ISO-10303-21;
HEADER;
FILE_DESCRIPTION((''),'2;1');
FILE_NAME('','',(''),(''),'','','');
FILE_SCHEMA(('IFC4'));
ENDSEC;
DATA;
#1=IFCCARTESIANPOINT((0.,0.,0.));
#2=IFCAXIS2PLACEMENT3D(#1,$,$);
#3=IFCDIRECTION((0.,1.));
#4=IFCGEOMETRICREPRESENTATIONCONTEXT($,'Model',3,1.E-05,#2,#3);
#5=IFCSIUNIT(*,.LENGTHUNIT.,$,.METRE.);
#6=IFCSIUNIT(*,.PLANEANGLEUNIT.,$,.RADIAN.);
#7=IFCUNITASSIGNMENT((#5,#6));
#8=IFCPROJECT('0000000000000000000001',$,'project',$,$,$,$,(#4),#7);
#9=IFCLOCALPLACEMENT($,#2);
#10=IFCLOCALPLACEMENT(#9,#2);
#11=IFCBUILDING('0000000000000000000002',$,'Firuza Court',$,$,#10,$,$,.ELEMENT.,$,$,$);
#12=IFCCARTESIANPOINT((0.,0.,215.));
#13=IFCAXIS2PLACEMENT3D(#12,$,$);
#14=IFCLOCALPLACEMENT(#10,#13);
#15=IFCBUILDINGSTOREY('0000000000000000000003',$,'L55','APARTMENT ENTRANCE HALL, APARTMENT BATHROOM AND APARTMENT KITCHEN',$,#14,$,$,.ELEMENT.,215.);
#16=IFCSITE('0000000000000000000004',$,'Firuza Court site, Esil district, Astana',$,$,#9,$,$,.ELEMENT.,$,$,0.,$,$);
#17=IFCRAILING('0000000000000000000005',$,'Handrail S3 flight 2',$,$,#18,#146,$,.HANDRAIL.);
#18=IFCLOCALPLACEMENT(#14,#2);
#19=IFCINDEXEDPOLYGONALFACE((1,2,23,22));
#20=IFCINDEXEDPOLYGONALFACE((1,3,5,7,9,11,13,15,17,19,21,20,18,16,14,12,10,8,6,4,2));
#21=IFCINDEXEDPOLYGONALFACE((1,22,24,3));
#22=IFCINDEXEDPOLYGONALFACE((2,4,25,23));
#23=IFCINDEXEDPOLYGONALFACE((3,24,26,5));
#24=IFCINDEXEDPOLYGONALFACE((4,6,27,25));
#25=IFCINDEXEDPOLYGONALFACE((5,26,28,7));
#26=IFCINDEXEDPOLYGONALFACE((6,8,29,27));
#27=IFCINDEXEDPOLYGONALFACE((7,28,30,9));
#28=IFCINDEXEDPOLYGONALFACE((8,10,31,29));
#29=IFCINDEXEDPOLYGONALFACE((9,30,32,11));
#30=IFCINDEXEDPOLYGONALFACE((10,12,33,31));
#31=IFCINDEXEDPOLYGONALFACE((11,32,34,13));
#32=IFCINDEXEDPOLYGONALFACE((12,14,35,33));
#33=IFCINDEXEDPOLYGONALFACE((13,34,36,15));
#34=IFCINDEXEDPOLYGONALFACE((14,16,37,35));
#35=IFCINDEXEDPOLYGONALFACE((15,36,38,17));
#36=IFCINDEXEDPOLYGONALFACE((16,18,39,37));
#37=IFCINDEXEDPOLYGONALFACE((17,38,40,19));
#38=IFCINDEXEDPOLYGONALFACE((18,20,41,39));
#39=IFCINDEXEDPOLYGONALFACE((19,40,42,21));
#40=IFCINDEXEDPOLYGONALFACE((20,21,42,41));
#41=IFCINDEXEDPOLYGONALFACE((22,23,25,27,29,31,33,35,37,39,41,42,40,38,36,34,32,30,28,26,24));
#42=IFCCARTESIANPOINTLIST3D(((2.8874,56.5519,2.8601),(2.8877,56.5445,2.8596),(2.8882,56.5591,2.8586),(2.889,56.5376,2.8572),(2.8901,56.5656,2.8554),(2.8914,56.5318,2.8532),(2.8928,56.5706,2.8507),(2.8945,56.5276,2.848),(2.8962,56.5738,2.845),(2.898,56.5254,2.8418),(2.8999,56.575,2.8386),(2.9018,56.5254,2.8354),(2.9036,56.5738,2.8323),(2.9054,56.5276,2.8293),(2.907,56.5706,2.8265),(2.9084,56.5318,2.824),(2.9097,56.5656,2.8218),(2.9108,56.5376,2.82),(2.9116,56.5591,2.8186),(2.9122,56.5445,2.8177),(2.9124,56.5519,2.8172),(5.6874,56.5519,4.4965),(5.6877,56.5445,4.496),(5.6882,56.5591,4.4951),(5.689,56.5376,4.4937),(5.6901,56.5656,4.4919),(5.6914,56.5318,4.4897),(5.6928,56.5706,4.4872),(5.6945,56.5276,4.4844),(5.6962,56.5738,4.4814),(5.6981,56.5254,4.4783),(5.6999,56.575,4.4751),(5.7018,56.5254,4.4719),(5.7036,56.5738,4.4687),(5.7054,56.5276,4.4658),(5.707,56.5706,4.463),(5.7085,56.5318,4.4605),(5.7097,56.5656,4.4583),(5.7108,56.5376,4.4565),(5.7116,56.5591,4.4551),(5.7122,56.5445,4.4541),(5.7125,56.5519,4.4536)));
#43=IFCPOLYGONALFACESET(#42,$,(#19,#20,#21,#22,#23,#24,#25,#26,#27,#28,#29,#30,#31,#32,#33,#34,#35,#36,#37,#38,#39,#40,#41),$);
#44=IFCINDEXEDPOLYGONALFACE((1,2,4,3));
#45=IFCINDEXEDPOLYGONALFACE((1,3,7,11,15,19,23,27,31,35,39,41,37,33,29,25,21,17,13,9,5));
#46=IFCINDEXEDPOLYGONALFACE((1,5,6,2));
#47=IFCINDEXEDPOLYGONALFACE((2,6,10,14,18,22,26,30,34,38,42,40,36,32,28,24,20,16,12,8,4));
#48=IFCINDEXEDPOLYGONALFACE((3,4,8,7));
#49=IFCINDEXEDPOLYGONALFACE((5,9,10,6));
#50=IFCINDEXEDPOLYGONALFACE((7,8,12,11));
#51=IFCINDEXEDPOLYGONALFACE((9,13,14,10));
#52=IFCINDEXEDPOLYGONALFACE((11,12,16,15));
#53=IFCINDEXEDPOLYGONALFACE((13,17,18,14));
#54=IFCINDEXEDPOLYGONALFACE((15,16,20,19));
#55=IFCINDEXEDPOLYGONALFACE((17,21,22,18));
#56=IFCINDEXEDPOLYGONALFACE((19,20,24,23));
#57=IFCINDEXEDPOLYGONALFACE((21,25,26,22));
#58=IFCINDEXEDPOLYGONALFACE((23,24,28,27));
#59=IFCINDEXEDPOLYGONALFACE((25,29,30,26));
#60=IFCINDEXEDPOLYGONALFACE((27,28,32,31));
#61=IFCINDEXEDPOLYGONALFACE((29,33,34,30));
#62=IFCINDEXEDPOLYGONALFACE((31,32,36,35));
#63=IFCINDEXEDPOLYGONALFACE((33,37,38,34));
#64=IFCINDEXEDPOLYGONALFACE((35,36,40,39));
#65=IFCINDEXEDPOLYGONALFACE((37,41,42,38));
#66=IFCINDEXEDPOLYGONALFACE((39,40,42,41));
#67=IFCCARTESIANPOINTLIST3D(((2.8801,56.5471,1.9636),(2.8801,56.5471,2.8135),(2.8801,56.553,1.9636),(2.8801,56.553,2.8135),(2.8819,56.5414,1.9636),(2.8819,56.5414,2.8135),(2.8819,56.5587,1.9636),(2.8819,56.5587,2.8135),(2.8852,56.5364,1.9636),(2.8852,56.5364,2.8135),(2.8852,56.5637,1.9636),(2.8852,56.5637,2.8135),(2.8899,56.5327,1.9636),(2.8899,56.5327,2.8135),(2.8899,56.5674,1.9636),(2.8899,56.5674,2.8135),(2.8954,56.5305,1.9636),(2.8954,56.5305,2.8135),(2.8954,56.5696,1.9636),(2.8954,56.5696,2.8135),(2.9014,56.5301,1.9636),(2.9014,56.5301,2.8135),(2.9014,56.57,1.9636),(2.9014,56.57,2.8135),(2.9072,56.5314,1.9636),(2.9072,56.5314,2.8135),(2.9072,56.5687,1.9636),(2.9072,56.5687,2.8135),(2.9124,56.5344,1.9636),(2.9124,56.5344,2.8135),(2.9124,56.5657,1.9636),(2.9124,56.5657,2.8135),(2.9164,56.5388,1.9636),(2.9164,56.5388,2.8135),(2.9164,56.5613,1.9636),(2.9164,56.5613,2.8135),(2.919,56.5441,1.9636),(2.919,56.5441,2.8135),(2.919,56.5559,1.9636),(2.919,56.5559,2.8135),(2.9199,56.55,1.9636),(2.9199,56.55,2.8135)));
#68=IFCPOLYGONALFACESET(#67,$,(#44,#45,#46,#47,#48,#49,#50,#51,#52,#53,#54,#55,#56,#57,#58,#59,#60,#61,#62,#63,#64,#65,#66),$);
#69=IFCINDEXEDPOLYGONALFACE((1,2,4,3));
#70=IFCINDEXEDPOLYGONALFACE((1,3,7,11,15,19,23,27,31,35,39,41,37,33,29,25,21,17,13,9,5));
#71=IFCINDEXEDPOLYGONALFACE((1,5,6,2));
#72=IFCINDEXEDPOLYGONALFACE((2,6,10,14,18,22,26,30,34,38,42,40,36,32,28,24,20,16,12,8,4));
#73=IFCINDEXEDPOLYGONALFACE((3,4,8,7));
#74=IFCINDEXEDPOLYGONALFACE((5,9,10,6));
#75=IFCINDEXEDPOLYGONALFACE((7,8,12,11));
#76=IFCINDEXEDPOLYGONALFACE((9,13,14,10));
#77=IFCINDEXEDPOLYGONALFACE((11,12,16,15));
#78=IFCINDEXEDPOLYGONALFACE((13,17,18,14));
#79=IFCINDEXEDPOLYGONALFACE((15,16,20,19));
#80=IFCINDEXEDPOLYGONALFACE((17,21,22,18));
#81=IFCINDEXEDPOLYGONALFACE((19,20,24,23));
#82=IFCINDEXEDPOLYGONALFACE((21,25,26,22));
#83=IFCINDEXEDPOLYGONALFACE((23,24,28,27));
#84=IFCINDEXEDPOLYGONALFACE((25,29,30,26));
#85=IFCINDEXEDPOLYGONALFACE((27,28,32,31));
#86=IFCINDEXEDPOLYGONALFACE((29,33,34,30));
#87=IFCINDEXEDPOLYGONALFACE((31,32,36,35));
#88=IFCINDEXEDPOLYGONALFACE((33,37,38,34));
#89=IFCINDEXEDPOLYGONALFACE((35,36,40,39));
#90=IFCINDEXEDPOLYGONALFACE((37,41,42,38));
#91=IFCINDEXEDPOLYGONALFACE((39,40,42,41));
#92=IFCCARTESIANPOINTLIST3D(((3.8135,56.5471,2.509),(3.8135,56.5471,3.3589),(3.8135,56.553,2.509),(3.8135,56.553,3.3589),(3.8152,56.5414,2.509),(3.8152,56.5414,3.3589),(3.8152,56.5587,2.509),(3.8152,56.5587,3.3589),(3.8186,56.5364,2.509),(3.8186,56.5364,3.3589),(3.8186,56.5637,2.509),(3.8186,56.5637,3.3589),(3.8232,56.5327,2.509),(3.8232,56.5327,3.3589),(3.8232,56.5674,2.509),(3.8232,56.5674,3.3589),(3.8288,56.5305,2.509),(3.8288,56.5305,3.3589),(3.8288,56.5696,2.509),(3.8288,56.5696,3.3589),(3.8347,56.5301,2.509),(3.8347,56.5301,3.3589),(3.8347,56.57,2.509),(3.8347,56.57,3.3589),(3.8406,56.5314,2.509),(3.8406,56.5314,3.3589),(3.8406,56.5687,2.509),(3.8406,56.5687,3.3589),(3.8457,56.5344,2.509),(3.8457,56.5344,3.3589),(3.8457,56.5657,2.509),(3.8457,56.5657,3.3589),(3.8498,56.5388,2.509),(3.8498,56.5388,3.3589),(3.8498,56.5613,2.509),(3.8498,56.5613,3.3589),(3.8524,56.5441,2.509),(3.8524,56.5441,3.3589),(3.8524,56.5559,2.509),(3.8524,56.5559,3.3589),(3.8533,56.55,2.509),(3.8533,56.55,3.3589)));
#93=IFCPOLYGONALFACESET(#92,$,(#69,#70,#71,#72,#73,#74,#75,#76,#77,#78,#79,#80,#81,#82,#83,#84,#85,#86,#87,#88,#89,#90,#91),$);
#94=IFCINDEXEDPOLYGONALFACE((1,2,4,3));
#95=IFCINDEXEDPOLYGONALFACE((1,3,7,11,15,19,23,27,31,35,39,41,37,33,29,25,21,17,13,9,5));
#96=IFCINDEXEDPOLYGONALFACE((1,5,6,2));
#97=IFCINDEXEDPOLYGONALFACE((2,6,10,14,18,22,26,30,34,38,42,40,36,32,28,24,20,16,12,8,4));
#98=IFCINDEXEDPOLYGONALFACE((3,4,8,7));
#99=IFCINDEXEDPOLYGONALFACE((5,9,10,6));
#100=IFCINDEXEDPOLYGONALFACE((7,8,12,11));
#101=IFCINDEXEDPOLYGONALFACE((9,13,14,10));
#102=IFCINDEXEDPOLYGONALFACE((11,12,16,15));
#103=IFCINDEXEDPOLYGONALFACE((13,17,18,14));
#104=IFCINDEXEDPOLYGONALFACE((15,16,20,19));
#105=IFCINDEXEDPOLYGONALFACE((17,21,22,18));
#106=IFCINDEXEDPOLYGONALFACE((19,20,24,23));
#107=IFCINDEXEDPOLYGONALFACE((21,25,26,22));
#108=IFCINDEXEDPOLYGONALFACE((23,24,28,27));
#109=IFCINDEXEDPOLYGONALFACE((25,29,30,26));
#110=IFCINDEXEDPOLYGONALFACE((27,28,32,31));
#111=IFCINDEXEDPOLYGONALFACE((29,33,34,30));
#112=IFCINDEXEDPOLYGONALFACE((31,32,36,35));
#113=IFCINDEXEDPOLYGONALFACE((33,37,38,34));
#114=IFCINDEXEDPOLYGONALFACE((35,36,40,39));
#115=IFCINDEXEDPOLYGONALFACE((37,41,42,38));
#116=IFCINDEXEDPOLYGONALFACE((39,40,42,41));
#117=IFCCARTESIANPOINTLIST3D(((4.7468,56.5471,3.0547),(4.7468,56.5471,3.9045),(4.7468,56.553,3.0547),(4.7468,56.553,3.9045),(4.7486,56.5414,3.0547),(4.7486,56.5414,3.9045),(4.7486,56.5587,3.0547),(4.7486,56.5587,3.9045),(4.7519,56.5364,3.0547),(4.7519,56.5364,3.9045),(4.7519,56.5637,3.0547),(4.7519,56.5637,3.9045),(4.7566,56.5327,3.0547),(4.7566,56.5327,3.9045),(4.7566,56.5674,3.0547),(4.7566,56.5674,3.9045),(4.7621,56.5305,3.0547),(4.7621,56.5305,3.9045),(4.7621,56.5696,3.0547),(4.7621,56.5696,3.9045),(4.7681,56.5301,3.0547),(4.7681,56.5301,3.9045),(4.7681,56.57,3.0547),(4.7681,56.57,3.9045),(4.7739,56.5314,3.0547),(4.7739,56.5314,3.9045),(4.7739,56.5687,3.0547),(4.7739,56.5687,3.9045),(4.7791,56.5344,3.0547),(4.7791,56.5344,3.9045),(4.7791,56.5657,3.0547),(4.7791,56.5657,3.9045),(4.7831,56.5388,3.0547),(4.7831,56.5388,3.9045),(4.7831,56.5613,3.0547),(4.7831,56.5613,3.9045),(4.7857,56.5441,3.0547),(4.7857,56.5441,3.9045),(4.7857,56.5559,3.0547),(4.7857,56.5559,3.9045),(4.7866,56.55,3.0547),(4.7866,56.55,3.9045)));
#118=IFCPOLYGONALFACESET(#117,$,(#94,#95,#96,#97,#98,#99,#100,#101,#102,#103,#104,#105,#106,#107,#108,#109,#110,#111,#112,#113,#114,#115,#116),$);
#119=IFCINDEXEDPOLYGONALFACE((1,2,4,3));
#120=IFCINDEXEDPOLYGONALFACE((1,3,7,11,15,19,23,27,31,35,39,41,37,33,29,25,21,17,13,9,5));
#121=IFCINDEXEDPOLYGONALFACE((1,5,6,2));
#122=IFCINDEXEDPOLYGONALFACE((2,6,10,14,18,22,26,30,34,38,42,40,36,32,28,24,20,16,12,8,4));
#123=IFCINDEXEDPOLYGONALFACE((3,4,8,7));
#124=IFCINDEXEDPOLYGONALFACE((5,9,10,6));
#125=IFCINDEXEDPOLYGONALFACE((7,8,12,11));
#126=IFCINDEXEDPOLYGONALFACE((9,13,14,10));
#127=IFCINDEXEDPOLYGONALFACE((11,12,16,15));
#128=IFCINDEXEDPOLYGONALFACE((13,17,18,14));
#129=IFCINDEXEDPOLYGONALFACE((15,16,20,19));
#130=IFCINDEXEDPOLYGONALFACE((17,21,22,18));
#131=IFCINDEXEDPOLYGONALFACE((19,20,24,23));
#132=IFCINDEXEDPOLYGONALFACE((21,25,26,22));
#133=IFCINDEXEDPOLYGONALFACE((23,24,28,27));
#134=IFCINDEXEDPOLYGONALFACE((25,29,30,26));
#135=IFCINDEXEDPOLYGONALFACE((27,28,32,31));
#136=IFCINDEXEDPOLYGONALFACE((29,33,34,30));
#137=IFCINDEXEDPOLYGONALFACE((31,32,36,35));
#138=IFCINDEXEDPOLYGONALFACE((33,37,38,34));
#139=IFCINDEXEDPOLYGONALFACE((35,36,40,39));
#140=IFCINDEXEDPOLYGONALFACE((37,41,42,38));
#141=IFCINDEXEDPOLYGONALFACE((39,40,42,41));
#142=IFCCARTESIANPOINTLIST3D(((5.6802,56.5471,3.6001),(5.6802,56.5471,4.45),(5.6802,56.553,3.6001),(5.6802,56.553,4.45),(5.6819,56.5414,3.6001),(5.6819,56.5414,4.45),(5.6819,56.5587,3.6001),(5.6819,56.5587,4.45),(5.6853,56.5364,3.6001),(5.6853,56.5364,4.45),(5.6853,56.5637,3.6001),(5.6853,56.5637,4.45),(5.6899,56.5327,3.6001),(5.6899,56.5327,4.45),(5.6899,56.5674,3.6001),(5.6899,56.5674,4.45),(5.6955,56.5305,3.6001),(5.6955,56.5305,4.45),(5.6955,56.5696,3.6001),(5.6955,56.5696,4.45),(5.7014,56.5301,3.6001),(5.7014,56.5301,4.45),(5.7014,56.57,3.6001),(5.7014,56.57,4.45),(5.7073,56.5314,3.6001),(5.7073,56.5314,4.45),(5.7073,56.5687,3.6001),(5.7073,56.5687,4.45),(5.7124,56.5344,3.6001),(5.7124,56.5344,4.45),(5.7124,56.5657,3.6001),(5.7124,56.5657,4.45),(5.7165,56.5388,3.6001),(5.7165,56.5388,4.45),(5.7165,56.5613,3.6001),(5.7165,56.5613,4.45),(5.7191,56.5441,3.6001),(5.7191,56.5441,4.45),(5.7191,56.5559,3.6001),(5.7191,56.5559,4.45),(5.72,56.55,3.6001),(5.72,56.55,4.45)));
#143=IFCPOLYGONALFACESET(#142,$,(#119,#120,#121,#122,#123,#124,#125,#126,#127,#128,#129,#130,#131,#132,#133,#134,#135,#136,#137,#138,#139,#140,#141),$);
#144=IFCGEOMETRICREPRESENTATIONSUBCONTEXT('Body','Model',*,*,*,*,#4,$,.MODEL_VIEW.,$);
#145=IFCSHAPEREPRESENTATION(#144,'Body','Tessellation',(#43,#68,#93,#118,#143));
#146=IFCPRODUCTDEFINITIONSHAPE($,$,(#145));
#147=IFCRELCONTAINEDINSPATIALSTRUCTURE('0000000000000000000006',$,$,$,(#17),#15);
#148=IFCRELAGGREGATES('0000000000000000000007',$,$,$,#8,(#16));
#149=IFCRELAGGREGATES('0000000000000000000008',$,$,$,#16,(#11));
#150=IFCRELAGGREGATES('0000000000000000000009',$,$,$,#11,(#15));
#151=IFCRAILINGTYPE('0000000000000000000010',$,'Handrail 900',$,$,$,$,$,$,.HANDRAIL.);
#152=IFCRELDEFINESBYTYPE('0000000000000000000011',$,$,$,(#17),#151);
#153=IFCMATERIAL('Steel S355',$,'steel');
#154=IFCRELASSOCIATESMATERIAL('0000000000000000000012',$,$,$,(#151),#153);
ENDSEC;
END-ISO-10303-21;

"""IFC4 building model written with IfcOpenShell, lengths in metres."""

from ifc_helpers import new_model, si_unit, direction, frame, origin, origin_2d, place, context, subcontext, project, spatial, circle, extrude, material, type_object, element, save


model = new_model("IFC4")

# Units and contexts
model_context = context("Model", 3, precision=1e-05, world=origin(), true_north=direction((0.0, 1.0)))
body_context = subcontext(model_context, "Body", "Model", "MODEL_VIEW")
ifc_project = project(units=[si_unit("LENGTHUNIT", "METRE"), si_unit("PLANEANGLEUNIT", "RADIAN")], contexts=[model_context])

# Site, building, storey
site_placement = place(None, origin())
site = spatial("IfcSite", under=ifc_project, at=site_placement, Name="Firuza Court site, Esil district, Astana", CompositionType="ELEMENT", RefElevation=0.0)
building_placement = place(site_placement, origin())
building = spatial("IfcBuilding", under=site, at=building_placement, Name="Firuza Court", CompositionType="ELEMENT")
storey_placement = place(building_placement, frame((0.0, 0.0, 215.0)))
storey = spatial("IfcBuildingStorey", under=building, at=storey_placement, Name="L55", Description="APARTMENT ENTRANCE HALL, APARTMENT BATHROOM AND APARTMENT KITCHEN", CompositionType="ELEMENT", Elevation=215.0)

# Railing
ifc_material_1 = material(Name="Steel S355", Category="steel")
railing_type_1 = type_object("IfcRailingType", Name="Handrail 900", PredefinedType="HANDRAIL", material=ifc_material_1)
railing_1_placement = place(storey_placement, frame((2.8999, 56.55, 1.9636)))
element("IfcRailing", 1, at=railing_1_placement, inside=storey, type_object=railing_type_1, Name="Handrail S3 flight 2", PredefinedType="HANDRAIL", context=body_context, shape_type="SweptSolid", body=[
    extrude(circle(Radius=0.0249, at=origin_2d()), frame((0.0, 0.0, 0.875), z_axis=(0.863361, 0.0, 0.504587), x_axis=(0.0, 1.0, 0.0)), (0.0, 0.0, 1.0), 3.2432),
    extrude(circle(Radius=0.02, at=origin_2d()), origin(), (0.0, 0.0, 1.0), 0.8499),
    extrude(circle(Radius=0.02, at=origin_2d()), frame((0.9333, 0.0, 0.5454)), (0.0, 0.0, 1.0), 0.8499),
    extrude(circle(Radius=0.02, at=origin_2d()), frame((1.8667, 0.0, 1.0911)), (0.0, 0.0, 1.0), 0.8499),
    extrude(circle(Radius=0.02, at=origin_2d()), frame((2.8, 0.0, 1.6365)), (0.0, 0.0, 1.0), 0.8499),
])

save(model, "model.ifc")
